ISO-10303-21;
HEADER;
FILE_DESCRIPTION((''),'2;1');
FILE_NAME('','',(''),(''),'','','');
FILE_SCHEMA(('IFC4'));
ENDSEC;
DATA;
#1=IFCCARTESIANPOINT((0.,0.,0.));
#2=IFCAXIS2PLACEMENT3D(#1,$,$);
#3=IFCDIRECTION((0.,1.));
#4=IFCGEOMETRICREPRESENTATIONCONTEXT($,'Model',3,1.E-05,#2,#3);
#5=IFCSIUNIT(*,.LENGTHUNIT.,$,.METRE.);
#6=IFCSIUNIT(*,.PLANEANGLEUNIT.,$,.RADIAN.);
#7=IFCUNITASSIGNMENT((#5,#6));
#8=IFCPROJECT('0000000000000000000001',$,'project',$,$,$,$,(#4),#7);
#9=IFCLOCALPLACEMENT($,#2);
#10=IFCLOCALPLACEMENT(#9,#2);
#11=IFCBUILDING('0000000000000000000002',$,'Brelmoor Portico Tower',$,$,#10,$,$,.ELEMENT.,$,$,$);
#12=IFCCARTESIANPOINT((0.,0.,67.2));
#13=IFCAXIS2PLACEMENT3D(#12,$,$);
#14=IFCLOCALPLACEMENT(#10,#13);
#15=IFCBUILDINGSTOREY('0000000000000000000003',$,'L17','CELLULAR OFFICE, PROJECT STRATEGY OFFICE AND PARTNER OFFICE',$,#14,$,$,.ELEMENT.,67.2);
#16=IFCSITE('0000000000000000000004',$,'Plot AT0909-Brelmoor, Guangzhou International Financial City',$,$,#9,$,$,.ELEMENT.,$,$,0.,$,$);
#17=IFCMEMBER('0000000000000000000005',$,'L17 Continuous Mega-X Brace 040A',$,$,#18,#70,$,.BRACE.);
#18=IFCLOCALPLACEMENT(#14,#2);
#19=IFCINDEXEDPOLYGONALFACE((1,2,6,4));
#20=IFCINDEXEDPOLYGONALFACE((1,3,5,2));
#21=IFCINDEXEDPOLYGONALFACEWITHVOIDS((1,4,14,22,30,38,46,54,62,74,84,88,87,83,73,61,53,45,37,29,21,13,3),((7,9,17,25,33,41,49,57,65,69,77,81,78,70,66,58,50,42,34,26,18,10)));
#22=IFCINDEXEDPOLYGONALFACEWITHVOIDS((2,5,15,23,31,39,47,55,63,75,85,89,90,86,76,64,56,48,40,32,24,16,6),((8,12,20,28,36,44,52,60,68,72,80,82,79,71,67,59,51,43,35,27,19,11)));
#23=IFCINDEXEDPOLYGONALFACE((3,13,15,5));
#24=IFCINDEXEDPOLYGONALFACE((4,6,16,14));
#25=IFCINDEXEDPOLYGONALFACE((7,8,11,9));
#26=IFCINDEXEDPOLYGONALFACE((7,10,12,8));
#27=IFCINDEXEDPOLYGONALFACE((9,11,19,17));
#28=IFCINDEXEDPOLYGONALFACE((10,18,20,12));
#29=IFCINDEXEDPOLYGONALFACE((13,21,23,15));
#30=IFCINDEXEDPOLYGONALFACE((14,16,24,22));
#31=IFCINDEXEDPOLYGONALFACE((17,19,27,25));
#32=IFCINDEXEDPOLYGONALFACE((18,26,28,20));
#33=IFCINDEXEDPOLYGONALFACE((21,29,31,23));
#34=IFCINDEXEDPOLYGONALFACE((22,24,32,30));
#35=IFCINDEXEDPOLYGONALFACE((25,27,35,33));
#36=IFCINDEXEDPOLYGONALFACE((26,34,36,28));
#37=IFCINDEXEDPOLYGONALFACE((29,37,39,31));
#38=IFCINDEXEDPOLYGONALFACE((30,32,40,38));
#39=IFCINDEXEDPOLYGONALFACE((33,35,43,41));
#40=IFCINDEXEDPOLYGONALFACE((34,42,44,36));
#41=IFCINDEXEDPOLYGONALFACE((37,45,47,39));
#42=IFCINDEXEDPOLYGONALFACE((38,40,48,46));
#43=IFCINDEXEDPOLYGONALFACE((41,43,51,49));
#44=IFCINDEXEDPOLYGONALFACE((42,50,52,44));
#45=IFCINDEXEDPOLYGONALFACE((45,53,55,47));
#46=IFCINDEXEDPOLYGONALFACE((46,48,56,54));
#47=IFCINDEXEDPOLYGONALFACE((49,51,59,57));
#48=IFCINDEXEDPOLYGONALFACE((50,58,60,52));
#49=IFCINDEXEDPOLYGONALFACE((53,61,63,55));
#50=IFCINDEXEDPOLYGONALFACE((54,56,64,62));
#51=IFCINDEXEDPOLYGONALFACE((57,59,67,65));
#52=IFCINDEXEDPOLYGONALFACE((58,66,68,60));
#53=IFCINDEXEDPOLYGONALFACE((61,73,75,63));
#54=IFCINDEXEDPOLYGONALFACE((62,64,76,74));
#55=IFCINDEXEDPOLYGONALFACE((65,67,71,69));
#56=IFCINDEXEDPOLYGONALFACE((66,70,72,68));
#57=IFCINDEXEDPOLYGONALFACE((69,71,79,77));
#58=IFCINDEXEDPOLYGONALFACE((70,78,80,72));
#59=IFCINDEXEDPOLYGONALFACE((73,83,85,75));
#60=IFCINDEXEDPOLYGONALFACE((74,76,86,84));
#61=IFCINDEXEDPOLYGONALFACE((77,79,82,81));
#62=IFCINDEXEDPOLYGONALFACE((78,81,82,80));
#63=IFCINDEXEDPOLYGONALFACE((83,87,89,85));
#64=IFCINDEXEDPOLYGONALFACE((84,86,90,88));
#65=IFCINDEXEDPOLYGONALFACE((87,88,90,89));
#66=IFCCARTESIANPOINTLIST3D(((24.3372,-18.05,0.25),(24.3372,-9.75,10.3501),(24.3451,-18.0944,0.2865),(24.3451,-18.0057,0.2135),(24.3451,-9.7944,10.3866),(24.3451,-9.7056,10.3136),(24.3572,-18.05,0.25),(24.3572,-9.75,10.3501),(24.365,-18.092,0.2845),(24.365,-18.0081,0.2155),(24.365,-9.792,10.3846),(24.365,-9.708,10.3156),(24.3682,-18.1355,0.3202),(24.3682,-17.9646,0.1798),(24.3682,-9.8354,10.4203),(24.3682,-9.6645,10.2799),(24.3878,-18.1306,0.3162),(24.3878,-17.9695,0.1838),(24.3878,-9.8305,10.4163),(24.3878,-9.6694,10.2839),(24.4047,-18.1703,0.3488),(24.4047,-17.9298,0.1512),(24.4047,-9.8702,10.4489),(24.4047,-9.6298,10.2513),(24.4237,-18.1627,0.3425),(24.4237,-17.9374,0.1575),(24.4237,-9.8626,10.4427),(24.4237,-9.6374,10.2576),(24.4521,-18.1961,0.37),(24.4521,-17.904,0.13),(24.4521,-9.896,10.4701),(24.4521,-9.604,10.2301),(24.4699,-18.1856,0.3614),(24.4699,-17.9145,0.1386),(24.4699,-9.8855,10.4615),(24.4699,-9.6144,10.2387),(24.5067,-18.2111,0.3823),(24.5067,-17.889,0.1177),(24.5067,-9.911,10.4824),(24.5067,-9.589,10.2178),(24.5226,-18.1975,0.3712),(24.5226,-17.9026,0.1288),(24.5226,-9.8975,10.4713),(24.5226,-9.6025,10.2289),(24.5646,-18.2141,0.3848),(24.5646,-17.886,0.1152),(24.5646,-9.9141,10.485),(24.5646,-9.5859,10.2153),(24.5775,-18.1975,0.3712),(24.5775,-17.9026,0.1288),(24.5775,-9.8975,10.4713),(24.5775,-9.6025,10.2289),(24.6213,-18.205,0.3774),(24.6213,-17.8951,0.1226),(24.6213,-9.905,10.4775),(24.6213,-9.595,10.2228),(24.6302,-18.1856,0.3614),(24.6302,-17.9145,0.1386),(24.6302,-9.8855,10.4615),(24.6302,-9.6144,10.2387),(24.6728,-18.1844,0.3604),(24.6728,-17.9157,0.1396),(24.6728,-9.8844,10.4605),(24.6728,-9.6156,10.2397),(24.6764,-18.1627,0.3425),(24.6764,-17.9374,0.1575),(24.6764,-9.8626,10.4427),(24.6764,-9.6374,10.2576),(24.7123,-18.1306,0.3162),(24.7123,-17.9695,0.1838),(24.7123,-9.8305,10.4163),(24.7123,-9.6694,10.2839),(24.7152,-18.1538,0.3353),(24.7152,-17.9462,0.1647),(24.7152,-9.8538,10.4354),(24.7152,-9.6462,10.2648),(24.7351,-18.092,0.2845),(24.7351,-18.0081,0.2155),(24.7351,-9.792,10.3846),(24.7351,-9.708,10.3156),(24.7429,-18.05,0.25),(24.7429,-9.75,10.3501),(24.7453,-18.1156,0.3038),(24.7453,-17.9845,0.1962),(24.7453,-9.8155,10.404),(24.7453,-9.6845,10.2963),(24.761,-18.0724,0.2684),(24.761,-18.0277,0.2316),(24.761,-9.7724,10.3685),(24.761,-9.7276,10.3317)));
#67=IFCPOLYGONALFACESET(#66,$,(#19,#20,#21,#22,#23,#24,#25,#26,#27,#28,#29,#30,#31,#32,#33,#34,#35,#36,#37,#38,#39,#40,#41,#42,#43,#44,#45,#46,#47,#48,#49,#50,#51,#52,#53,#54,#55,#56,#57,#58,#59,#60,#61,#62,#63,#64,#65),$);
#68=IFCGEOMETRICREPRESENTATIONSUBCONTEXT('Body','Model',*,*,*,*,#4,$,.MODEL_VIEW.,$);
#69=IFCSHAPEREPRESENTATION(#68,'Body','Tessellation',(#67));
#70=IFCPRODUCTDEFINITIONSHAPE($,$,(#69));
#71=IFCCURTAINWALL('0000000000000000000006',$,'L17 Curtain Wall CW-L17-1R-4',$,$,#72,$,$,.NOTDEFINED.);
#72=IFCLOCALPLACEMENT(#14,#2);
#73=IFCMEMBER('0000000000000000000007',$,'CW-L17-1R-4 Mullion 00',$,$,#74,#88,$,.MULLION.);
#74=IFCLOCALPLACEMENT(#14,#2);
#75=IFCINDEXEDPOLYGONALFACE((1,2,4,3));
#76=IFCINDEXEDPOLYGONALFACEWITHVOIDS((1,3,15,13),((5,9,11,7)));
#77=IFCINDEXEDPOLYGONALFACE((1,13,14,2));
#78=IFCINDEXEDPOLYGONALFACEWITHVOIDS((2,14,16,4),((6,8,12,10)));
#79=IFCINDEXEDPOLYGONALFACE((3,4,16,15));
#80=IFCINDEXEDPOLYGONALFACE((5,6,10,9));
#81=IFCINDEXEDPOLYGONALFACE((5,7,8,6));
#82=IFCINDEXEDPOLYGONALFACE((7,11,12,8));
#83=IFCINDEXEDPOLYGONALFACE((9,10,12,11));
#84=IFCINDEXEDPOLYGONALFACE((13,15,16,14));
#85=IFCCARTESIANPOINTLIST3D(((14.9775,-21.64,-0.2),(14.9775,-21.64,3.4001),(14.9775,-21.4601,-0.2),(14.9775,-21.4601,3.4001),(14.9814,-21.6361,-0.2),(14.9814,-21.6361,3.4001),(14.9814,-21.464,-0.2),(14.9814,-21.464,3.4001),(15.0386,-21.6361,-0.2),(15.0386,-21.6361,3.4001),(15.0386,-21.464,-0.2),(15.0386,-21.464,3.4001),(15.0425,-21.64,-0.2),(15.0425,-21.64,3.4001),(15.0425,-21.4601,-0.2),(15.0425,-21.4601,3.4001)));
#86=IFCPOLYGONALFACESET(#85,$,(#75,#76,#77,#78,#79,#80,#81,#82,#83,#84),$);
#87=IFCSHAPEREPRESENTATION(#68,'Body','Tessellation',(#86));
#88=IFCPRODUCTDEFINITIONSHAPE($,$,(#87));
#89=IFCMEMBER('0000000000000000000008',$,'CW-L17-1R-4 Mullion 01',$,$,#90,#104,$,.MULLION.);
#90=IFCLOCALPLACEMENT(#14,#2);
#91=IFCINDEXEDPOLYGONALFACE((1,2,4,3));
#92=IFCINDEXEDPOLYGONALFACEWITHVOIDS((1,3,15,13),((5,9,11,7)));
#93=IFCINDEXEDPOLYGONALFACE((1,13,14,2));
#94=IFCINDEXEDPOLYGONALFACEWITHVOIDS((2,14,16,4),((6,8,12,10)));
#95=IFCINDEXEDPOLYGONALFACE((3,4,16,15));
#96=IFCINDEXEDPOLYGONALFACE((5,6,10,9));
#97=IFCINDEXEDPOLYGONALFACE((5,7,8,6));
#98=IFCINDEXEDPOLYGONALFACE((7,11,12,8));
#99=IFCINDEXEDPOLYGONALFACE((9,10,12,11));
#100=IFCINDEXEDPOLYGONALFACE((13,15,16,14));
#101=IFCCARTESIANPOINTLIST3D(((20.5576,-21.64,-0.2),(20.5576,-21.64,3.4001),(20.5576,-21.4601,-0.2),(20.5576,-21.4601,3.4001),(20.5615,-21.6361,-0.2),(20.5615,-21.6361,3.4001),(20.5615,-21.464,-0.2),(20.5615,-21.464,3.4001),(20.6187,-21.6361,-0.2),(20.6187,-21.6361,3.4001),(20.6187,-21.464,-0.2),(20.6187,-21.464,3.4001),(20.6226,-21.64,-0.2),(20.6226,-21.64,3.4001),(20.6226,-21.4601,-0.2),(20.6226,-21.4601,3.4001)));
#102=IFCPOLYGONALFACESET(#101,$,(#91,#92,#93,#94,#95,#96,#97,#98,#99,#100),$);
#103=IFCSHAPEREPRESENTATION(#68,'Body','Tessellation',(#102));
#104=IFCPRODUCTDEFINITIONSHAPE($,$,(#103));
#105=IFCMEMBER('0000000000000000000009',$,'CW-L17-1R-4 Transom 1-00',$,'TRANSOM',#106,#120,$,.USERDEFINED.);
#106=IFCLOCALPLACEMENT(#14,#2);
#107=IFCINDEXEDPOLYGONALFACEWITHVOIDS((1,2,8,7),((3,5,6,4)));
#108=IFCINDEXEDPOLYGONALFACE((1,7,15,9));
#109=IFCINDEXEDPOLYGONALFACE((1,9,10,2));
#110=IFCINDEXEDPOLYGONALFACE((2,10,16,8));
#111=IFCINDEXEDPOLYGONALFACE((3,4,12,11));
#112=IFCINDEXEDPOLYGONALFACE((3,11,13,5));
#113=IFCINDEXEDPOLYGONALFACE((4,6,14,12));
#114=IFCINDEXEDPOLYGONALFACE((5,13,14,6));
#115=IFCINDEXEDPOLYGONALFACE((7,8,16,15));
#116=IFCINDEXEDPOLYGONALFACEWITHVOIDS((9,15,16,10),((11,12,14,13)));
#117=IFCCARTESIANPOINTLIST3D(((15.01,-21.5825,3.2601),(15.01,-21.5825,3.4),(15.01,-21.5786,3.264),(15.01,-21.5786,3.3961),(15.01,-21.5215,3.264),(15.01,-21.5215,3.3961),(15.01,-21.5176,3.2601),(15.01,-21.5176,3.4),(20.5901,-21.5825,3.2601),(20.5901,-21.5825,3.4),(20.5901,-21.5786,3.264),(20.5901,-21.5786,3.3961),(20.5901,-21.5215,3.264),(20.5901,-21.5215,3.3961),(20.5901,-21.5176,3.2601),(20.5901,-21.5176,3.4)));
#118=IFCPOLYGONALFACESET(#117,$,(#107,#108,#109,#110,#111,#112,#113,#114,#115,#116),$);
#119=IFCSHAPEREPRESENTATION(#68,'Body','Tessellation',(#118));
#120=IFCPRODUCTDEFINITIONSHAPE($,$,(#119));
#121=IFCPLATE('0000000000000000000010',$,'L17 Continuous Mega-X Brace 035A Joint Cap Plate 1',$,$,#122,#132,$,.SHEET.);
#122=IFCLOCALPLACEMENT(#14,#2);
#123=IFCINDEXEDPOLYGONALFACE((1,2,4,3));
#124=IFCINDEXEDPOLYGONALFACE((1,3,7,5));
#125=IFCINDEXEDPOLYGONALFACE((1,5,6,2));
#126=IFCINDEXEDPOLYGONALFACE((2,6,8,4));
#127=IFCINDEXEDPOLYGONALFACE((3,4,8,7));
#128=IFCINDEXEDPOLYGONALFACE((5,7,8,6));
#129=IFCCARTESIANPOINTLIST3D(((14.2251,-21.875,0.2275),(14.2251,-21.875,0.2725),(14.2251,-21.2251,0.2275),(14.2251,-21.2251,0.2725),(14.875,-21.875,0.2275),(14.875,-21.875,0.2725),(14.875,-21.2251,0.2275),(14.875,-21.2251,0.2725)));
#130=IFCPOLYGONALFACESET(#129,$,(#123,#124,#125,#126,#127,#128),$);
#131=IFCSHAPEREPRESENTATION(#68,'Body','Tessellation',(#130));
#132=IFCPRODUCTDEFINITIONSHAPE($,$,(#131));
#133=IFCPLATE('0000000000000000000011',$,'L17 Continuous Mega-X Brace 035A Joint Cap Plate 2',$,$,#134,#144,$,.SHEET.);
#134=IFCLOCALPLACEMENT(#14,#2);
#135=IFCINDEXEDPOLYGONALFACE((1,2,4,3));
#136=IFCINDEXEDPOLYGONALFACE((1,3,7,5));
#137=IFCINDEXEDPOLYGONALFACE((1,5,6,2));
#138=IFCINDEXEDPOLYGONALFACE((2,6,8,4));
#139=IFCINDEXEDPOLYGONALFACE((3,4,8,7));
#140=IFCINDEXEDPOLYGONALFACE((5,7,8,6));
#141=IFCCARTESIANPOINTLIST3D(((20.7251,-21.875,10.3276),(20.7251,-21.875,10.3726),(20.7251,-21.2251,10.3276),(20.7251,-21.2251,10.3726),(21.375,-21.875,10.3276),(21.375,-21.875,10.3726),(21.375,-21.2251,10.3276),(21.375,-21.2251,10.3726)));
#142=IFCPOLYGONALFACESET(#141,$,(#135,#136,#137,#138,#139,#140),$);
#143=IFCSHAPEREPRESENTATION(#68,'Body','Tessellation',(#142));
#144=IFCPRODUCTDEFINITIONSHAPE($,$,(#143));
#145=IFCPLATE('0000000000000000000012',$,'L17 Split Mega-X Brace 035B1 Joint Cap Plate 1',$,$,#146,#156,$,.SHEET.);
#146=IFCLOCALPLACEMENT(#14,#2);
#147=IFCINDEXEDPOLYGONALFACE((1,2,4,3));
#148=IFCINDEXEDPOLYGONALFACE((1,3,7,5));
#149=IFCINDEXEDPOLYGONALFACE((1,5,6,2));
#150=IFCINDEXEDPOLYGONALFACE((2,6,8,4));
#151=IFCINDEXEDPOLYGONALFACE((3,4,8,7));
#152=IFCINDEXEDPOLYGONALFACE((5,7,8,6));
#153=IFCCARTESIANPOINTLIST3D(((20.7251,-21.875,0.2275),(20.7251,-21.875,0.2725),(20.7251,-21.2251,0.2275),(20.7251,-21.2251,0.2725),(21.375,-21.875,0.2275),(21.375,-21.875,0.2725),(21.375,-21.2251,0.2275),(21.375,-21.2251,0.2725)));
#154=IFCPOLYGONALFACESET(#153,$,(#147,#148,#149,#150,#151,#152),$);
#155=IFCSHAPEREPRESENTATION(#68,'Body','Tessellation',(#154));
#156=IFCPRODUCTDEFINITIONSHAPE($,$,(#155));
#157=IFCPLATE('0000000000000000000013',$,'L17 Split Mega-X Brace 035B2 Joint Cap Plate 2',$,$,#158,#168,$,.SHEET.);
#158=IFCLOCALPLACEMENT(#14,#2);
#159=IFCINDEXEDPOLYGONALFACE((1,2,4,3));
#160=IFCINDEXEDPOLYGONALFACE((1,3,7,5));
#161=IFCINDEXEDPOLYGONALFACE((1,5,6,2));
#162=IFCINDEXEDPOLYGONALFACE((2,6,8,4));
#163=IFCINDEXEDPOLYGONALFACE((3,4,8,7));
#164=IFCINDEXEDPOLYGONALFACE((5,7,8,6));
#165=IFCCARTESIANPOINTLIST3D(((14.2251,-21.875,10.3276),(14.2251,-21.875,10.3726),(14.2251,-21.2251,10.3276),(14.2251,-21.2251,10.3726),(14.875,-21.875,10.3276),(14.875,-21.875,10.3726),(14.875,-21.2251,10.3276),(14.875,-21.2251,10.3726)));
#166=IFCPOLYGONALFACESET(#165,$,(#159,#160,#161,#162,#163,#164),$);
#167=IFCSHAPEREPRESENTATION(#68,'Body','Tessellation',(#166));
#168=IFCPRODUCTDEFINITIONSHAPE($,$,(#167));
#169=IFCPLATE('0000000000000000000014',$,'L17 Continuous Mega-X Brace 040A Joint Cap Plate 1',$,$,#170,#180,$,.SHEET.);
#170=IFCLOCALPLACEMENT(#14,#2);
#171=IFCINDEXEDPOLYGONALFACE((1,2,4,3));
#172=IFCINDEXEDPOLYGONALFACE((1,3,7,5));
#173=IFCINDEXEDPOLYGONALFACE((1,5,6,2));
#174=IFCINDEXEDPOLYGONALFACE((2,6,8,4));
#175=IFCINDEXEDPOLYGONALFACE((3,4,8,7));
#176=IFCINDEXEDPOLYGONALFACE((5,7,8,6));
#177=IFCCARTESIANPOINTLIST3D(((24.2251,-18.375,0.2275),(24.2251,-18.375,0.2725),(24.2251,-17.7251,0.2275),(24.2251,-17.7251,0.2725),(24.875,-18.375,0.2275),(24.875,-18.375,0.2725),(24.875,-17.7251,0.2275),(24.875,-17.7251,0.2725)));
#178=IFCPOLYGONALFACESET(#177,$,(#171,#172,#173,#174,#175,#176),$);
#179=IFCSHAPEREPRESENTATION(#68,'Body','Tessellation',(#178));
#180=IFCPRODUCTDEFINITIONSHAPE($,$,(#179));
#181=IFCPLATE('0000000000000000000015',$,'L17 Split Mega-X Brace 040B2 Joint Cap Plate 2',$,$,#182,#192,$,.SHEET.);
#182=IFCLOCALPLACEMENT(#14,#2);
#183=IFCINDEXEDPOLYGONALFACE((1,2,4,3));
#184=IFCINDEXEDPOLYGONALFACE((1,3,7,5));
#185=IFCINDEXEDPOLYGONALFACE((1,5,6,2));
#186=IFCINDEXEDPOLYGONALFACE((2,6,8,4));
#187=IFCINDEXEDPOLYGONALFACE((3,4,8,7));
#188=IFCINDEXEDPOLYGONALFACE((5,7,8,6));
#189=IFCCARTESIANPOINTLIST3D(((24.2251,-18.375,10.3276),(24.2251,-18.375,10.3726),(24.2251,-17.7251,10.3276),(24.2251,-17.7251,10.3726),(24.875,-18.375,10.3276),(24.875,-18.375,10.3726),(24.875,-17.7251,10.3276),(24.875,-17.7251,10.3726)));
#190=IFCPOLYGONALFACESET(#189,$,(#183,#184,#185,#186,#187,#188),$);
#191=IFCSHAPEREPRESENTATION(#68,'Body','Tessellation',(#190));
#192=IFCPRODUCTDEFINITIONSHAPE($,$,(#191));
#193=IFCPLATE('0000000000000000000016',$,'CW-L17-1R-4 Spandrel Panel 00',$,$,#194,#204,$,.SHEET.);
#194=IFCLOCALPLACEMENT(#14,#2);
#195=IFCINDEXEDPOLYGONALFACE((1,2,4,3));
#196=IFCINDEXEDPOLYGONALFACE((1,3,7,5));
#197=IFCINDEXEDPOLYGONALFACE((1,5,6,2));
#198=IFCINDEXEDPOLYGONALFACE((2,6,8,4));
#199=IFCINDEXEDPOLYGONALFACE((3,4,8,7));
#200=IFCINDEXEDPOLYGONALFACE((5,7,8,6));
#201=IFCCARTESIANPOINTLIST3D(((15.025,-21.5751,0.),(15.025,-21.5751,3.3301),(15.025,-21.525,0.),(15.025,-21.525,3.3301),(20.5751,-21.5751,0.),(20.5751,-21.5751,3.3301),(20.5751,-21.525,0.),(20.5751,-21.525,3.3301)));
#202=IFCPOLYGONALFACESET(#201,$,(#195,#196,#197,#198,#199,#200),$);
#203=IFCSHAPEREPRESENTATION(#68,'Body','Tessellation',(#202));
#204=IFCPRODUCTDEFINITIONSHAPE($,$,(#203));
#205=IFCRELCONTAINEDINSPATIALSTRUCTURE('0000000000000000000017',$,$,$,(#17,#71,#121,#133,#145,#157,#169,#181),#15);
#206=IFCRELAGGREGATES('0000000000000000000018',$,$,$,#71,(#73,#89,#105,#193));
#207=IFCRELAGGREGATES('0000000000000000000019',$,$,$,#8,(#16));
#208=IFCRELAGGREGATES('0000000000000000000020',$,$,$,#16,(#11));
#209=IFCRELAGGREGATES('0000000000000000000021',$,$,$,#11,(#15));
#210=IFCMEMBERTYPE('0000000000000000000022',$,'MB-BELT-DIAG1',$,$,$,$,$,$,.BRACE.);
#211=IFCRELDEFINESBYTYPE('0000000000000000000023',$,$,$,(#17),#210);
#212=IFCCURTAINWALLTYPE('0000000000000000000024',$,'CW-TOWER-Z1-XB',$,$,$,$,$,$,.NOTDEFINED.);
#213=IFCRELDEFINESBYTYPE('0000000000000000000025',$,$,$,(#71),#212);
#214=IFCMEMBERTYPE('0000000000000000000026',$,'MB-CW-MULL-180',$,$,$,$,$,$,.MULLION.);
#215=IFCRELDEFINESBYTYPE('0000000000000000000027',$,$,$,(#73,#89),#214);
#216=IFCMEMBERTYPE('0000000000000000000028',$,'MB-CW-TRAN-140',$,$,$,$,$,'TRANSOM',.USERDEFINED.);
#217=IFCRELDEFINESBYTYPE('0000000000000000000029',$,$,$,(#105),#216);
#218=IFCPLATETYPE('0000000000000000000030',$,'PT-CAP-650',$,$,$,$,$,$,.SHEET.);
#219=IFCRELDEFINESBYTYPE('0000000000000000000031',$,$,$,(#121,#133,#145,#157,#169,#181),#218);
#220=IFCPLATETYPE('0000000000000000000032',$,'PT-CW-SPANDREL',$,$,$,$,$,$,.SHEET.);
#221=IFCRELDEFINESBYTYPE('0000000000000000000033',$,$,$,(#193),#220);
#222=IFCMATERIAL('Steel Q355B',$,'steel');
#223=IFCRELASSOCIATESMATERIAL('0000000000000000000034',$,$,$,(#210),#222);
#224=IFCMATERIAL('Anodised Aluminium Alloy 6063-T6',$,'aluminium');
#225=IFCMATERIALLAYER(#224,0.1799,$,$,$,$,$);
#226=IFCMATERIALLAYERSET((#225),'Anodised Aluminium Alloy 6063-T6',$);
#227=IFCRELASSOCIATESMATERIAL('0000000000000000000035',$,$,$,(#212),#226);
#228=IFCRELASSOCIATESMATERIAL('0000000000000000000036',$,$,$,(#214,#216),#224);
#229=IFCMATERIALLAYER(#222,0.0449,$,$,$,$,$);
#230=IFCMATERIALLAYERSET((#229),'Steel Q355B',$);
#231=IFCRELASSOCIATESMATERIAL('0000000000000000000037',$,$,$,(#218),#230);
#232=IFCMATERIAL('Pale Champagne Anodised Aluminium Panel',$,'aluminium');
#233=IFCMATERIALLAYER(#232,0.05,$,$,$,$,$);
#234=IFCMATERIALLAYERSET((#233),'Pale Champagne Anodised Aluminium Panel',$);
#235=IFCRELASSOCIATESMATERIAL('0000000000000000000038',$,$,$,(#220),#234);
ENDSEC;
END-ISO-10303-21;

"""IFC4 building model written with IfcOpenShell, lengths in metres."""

from ifc_helpers import new_model, si_unit, direction, frame, origin, origin_2d, place, context, subcontext, project, spatial, rectangle, hollow_rectangle, hollow_circle, extrude, material, layer, layer_set, material_profile, profile_set, type_object, element, aggregate, save


model = new_model("IFC4")

# Units and contexts
model_context = context("Model", 3, precision=1e-05, world=origin(), true_north=direction((0.0, 1.0)))
body_context = subcontext(model_context, "Body", "Model", "MODEL_VIEW")
ifc_project = project(units=[si_unit("LENGTHUNIT", "METRE"), si_unit("PLANEANGLEUNIT", "RADIAN")], contexts=[model_context])

# Site, building, storey
site_placement = place(None, origin())
site = spatial("IfcSite", under=ifc_project, at=site_placement, Name="Plot AT0909-Brelmoor, Guangzhou International Financial City", CompositionType="ELEMENT", RefElevation=0.0)
building_placement = place(site_placement, origin())
building = spatial("IfcBuilding", under=site, at=building_placement, Name="Brelmoor Portico Tower", CompositionType="ELEMENT")
storey_placement = place(building_placement, frame((0.0, 0.0, 67.2)))
storey = spatial("IfcBuildingStorey", under=building, at=storey_placement, Name="L17", Description="CELLULAR OFFICE, PROJECT STRATEGY OFFICE AND PARTNER OFFICE", CompositionType="ELEMENT", Elevation=67.2)

# Shared definitions
ifc_material_1 = material(Name="Steel Q355B", Category="steel")

# Member
ifc_material_profile_1 = material_profile(ifc_material_1, hollow_circle(Radius=0.2129, WallThickness=0.02, at=origin_2d()), Name="CHS 426x20")
ifc_profile_set_1 = profile_set([ifc_material_profile_1], Name="Steel Q355B")
member_type_1 = type_object("IfcMemberType", Name="MB-BELT-DIAG1", PredefinedType="BRACE", material=ifc_profile_set_1)
member_1_placement = place(storey_placement, frame((24.55, -18.05, 0.25), z_axis=(0.0, 0.634901, 0.772593), x_axis=(-1.0, 0.0, 0.0)))
element("IfcMember", 1, at=member_1_placement, inside=storey, type_object=member_type_1, Name="L17 Continuous Mega-X Brace 040A", PredefinedType="BRACE", context=body_context, shape_type="SweptSolid", body=[
    extrude(hollow_circle(Radius=0.2129, WallThickness=0.02, at=origin_2d()), origin(), (0.0, 0.0, 1.0), 13.073),
])

# Curtain wall, members
ifc_material_2 = material(Name="Anodised Aluminium Alloy 6063-T6", Category="aluminium")
ifc_layer_1 = layer(ifc_material_2, 0.1799)
ifc_layer_set_1 = layer_set([ifc_layer_1], Name="Anodised Aluminium Alloy 6063-T6")
curtain_wall_type = type_object("IfcCurtainWallType", Name="CW-TOWER-Z1-XB", PredefinedType="NOTDEFINED", material=ifc_layer_set_1)
curtain_wall_placement = place(storey_placement, origin())
curtain_wall = element("IfcCurtainWall", 2, at=curtain_wall_placement, inside=storey, type_object=curtain_wall_type, Name="L17 Curtain Wall CW-L17-1R-4", PredefinedType="NOTDEFINED")
ifc_material_profile_2 = material_profile(ifc_material_2, hollow_rectangle(XDim=0.0649, YDim=0.1799, WallThickness=0.0039, at=origin_2d()), Name="ALU MULLION 65x180")
ifc_profile_set_2 = profile_set([ifc_material_profile_2], Name="Anodised Aluminium Alloy 6063-T6")
member_type_2 = type_object("IfcMemberType", Name="MB-CW-MULL-180", PredefinedType="MULLION", material=ifc_profile_set_2)
member_2_placement = place(storey_placement, frame((15.01, -21.55, -0.2), z_axis=(0.0, 0.0, 1.0), x_axis=(1.0, 0.0, 0.0)))
member_2 = element("IfcMember", 3, at=member_2_placement, type_object=member_type_2, Name="CW-L17-1R-4 Mullion 00", PredefinedType="MULLION", context=body_context, shape_type="SweptSolid", body=[
    extrude(hollow_rectangle(XDim=0.0649, YDim=0.1799, WallThickness=0.0039, at=origin_2d()), origin(), (0.0, 0.0, 1.0), 3.6001),
])
member_3_placement = place(storey_placement, frame((20.5901, -21.55, -0.2), z_axis=(0.0, 0.0, 1.0), x_axis=(1.0, 0.0, 0.0)))
member_3 = element("IfcMember", 4, at=member_3_placement, type_object=member_type_2, Name="CW-L17-1R-4 Mullion 01", PredefinedType="MULLION", context=body_context, shape_type="SweptSolid", body=[
    extrude(hollow_rectangle(XDim=0.0649, YDim=0.1799, WallThickness=0.0039, at=origin_2d()), origin(), (0.0, 0.0, 1.0), 3.6001),
])
ifc_material_profile_3 = material_profile(ifc_material_2, hollow_rectangle(XDim=0.0649, YDim=0.1399, WallThickness=0.0039, at=origin_2d()), Name="ALU TRANSOM 65x140")
ifc_profile_set_3 = profile_set([ifc_material_profile_3], Name="Anodised Aluminium Alloy 6063-T6")
member_type_3 = type_object("IfcMemberType", Name="MB-CW-TRAN-140", ElementType="TRANSOM", PredefinedType="USERDEFINED", material=ifc_profile_set_3)
member_4_placement = place(storey_placement, frame((15.01, -21.55, 3.3301), z_axis=(1.0, 0.0, 0.0), x_axis=(0.0, 1.0, 0.0)))
member_4 = element("IfcMember", 5, at=member_4_placement, type_object=member_type_3, Name="CW-L17-1R-4 Transom 1-00", ObjectType="TRANSOM", PredefinedType="USERDEFINED", context=body_context, shape_type="SweptSolid", body=[
    extrude(hollow_rectangle(XDim=0.0649, YDim=0.1399, WallThickness=0.0039, at=origin_2d()), origin(), (0.0, 0.0, 1.0), 5.5801),
])

# Plates
ifc_layer_2 = layer(ifc_material_1, 0.0449)
ifc_layer_set_2 = layer_set([ifc_layer_2], Name="Steel Q355B")
plate_type_1 = type_object("IfcPlateType", Name="PT-CAP-650", PredefinedType="SHEET", material=ifc_layer_set_2)
for number, where, z_axis, x_axis, name in (
    (6, (14.55, -21.55, 0.2275), (0.0, 0.0, 1.0), (1.0, 0.0, 0.0), "L17 Continuous Mega-X Brace 035A Joint Cap Plate 1"),
    (7, (21.05, -21.55, 10.3276), (0.0, 0.0, 1.0), (1.0, 0.0, 0.0), "L17 Continuous Mega-X Brace 035A Joint Cap Plate 2"),
    (8, (21.05, -21.55, 0.2275), (0.0, 0.0, 1.0), (1.0, 0.0, 0.0), "L17 Split Mega-X Brace 035B1 Joint Cap Plate 1"),
    (9, (14.55, -21.55, 10.3276), (0.0, 0.0, 1.0), (1.0, 0.0, 0.0), "L17 Split Mega-X Brace 035B2 Joint Cap Plate 2"),
    (10, (24.55, -18.05, 0.2275), (0.0, 0.0, 1.0), (1.0, 0.0, 0.0), "L17 Continuous Mega-X Brace 040A Joint Cap Plate 1"),
    (11, (24.55, -18.05, 10.3276), (0.0, 0.0, 1.0), (1.0, 0.0, 0.0), "L17 Split Mega-X Brace 040B2 Joint Cap Plate 2"),
):
    element("IfcPlate", number, at=place(storey_placement, frame(where, z_axis=z_axis, x_axis=x_axis)), inside=storey, type_object=plate_type_1, Name=name, PredefinedType="SHEET", context=body_context, shape_type="SweptSolid", body=[
        extrude(rectangle(XDim=0.6499, YDim=0.6499, at=origin_2d()), origin(), (0.0, 0.0, 1.0), 0.0449),
    ])

# Plate
ifc_material_3 = material(Name="Pale Champagne Anodised Aluminium Panel", Category="aluminium")
ifc_layer_3 = layer(ifc_material_3, 0.05)
ifc_layer_set_3 = layer_set([ifc_layer_3], Name="Pale Champagne Anodised Aluminium Panel")
plate_type_2 = type_object("IfcPlateType", Name="PT-CW-SPANDREL", PredefinedType="SHEET", material=ifc_layer_set_3)
plate_1_placement = place(storey_placement, frame((17.8, -21.55, 0.0), z_axis=(0.0, 0.0, 1.0), x_axis=(1.0, 0.0, 0.0)))
plate_1 = element("IfcPlate", 12, at=plate_1_placement, type_object=plate_type_2, Name="CW-L17-1R-4 Spandrel Panel 00", PredefinedType="SHEET", context=body_context, shape_type="SweptSolid", body=[
    extrude(rectangle(XDim=5.55, YDim=0.05, at=origin_2d()), origin(), (0.0, 0.0, 1.0), 3.3301),
])
aggregate(curtain_wall, [member_2, member_3, member_4, plate_1])

save(model, "model.ifc")
